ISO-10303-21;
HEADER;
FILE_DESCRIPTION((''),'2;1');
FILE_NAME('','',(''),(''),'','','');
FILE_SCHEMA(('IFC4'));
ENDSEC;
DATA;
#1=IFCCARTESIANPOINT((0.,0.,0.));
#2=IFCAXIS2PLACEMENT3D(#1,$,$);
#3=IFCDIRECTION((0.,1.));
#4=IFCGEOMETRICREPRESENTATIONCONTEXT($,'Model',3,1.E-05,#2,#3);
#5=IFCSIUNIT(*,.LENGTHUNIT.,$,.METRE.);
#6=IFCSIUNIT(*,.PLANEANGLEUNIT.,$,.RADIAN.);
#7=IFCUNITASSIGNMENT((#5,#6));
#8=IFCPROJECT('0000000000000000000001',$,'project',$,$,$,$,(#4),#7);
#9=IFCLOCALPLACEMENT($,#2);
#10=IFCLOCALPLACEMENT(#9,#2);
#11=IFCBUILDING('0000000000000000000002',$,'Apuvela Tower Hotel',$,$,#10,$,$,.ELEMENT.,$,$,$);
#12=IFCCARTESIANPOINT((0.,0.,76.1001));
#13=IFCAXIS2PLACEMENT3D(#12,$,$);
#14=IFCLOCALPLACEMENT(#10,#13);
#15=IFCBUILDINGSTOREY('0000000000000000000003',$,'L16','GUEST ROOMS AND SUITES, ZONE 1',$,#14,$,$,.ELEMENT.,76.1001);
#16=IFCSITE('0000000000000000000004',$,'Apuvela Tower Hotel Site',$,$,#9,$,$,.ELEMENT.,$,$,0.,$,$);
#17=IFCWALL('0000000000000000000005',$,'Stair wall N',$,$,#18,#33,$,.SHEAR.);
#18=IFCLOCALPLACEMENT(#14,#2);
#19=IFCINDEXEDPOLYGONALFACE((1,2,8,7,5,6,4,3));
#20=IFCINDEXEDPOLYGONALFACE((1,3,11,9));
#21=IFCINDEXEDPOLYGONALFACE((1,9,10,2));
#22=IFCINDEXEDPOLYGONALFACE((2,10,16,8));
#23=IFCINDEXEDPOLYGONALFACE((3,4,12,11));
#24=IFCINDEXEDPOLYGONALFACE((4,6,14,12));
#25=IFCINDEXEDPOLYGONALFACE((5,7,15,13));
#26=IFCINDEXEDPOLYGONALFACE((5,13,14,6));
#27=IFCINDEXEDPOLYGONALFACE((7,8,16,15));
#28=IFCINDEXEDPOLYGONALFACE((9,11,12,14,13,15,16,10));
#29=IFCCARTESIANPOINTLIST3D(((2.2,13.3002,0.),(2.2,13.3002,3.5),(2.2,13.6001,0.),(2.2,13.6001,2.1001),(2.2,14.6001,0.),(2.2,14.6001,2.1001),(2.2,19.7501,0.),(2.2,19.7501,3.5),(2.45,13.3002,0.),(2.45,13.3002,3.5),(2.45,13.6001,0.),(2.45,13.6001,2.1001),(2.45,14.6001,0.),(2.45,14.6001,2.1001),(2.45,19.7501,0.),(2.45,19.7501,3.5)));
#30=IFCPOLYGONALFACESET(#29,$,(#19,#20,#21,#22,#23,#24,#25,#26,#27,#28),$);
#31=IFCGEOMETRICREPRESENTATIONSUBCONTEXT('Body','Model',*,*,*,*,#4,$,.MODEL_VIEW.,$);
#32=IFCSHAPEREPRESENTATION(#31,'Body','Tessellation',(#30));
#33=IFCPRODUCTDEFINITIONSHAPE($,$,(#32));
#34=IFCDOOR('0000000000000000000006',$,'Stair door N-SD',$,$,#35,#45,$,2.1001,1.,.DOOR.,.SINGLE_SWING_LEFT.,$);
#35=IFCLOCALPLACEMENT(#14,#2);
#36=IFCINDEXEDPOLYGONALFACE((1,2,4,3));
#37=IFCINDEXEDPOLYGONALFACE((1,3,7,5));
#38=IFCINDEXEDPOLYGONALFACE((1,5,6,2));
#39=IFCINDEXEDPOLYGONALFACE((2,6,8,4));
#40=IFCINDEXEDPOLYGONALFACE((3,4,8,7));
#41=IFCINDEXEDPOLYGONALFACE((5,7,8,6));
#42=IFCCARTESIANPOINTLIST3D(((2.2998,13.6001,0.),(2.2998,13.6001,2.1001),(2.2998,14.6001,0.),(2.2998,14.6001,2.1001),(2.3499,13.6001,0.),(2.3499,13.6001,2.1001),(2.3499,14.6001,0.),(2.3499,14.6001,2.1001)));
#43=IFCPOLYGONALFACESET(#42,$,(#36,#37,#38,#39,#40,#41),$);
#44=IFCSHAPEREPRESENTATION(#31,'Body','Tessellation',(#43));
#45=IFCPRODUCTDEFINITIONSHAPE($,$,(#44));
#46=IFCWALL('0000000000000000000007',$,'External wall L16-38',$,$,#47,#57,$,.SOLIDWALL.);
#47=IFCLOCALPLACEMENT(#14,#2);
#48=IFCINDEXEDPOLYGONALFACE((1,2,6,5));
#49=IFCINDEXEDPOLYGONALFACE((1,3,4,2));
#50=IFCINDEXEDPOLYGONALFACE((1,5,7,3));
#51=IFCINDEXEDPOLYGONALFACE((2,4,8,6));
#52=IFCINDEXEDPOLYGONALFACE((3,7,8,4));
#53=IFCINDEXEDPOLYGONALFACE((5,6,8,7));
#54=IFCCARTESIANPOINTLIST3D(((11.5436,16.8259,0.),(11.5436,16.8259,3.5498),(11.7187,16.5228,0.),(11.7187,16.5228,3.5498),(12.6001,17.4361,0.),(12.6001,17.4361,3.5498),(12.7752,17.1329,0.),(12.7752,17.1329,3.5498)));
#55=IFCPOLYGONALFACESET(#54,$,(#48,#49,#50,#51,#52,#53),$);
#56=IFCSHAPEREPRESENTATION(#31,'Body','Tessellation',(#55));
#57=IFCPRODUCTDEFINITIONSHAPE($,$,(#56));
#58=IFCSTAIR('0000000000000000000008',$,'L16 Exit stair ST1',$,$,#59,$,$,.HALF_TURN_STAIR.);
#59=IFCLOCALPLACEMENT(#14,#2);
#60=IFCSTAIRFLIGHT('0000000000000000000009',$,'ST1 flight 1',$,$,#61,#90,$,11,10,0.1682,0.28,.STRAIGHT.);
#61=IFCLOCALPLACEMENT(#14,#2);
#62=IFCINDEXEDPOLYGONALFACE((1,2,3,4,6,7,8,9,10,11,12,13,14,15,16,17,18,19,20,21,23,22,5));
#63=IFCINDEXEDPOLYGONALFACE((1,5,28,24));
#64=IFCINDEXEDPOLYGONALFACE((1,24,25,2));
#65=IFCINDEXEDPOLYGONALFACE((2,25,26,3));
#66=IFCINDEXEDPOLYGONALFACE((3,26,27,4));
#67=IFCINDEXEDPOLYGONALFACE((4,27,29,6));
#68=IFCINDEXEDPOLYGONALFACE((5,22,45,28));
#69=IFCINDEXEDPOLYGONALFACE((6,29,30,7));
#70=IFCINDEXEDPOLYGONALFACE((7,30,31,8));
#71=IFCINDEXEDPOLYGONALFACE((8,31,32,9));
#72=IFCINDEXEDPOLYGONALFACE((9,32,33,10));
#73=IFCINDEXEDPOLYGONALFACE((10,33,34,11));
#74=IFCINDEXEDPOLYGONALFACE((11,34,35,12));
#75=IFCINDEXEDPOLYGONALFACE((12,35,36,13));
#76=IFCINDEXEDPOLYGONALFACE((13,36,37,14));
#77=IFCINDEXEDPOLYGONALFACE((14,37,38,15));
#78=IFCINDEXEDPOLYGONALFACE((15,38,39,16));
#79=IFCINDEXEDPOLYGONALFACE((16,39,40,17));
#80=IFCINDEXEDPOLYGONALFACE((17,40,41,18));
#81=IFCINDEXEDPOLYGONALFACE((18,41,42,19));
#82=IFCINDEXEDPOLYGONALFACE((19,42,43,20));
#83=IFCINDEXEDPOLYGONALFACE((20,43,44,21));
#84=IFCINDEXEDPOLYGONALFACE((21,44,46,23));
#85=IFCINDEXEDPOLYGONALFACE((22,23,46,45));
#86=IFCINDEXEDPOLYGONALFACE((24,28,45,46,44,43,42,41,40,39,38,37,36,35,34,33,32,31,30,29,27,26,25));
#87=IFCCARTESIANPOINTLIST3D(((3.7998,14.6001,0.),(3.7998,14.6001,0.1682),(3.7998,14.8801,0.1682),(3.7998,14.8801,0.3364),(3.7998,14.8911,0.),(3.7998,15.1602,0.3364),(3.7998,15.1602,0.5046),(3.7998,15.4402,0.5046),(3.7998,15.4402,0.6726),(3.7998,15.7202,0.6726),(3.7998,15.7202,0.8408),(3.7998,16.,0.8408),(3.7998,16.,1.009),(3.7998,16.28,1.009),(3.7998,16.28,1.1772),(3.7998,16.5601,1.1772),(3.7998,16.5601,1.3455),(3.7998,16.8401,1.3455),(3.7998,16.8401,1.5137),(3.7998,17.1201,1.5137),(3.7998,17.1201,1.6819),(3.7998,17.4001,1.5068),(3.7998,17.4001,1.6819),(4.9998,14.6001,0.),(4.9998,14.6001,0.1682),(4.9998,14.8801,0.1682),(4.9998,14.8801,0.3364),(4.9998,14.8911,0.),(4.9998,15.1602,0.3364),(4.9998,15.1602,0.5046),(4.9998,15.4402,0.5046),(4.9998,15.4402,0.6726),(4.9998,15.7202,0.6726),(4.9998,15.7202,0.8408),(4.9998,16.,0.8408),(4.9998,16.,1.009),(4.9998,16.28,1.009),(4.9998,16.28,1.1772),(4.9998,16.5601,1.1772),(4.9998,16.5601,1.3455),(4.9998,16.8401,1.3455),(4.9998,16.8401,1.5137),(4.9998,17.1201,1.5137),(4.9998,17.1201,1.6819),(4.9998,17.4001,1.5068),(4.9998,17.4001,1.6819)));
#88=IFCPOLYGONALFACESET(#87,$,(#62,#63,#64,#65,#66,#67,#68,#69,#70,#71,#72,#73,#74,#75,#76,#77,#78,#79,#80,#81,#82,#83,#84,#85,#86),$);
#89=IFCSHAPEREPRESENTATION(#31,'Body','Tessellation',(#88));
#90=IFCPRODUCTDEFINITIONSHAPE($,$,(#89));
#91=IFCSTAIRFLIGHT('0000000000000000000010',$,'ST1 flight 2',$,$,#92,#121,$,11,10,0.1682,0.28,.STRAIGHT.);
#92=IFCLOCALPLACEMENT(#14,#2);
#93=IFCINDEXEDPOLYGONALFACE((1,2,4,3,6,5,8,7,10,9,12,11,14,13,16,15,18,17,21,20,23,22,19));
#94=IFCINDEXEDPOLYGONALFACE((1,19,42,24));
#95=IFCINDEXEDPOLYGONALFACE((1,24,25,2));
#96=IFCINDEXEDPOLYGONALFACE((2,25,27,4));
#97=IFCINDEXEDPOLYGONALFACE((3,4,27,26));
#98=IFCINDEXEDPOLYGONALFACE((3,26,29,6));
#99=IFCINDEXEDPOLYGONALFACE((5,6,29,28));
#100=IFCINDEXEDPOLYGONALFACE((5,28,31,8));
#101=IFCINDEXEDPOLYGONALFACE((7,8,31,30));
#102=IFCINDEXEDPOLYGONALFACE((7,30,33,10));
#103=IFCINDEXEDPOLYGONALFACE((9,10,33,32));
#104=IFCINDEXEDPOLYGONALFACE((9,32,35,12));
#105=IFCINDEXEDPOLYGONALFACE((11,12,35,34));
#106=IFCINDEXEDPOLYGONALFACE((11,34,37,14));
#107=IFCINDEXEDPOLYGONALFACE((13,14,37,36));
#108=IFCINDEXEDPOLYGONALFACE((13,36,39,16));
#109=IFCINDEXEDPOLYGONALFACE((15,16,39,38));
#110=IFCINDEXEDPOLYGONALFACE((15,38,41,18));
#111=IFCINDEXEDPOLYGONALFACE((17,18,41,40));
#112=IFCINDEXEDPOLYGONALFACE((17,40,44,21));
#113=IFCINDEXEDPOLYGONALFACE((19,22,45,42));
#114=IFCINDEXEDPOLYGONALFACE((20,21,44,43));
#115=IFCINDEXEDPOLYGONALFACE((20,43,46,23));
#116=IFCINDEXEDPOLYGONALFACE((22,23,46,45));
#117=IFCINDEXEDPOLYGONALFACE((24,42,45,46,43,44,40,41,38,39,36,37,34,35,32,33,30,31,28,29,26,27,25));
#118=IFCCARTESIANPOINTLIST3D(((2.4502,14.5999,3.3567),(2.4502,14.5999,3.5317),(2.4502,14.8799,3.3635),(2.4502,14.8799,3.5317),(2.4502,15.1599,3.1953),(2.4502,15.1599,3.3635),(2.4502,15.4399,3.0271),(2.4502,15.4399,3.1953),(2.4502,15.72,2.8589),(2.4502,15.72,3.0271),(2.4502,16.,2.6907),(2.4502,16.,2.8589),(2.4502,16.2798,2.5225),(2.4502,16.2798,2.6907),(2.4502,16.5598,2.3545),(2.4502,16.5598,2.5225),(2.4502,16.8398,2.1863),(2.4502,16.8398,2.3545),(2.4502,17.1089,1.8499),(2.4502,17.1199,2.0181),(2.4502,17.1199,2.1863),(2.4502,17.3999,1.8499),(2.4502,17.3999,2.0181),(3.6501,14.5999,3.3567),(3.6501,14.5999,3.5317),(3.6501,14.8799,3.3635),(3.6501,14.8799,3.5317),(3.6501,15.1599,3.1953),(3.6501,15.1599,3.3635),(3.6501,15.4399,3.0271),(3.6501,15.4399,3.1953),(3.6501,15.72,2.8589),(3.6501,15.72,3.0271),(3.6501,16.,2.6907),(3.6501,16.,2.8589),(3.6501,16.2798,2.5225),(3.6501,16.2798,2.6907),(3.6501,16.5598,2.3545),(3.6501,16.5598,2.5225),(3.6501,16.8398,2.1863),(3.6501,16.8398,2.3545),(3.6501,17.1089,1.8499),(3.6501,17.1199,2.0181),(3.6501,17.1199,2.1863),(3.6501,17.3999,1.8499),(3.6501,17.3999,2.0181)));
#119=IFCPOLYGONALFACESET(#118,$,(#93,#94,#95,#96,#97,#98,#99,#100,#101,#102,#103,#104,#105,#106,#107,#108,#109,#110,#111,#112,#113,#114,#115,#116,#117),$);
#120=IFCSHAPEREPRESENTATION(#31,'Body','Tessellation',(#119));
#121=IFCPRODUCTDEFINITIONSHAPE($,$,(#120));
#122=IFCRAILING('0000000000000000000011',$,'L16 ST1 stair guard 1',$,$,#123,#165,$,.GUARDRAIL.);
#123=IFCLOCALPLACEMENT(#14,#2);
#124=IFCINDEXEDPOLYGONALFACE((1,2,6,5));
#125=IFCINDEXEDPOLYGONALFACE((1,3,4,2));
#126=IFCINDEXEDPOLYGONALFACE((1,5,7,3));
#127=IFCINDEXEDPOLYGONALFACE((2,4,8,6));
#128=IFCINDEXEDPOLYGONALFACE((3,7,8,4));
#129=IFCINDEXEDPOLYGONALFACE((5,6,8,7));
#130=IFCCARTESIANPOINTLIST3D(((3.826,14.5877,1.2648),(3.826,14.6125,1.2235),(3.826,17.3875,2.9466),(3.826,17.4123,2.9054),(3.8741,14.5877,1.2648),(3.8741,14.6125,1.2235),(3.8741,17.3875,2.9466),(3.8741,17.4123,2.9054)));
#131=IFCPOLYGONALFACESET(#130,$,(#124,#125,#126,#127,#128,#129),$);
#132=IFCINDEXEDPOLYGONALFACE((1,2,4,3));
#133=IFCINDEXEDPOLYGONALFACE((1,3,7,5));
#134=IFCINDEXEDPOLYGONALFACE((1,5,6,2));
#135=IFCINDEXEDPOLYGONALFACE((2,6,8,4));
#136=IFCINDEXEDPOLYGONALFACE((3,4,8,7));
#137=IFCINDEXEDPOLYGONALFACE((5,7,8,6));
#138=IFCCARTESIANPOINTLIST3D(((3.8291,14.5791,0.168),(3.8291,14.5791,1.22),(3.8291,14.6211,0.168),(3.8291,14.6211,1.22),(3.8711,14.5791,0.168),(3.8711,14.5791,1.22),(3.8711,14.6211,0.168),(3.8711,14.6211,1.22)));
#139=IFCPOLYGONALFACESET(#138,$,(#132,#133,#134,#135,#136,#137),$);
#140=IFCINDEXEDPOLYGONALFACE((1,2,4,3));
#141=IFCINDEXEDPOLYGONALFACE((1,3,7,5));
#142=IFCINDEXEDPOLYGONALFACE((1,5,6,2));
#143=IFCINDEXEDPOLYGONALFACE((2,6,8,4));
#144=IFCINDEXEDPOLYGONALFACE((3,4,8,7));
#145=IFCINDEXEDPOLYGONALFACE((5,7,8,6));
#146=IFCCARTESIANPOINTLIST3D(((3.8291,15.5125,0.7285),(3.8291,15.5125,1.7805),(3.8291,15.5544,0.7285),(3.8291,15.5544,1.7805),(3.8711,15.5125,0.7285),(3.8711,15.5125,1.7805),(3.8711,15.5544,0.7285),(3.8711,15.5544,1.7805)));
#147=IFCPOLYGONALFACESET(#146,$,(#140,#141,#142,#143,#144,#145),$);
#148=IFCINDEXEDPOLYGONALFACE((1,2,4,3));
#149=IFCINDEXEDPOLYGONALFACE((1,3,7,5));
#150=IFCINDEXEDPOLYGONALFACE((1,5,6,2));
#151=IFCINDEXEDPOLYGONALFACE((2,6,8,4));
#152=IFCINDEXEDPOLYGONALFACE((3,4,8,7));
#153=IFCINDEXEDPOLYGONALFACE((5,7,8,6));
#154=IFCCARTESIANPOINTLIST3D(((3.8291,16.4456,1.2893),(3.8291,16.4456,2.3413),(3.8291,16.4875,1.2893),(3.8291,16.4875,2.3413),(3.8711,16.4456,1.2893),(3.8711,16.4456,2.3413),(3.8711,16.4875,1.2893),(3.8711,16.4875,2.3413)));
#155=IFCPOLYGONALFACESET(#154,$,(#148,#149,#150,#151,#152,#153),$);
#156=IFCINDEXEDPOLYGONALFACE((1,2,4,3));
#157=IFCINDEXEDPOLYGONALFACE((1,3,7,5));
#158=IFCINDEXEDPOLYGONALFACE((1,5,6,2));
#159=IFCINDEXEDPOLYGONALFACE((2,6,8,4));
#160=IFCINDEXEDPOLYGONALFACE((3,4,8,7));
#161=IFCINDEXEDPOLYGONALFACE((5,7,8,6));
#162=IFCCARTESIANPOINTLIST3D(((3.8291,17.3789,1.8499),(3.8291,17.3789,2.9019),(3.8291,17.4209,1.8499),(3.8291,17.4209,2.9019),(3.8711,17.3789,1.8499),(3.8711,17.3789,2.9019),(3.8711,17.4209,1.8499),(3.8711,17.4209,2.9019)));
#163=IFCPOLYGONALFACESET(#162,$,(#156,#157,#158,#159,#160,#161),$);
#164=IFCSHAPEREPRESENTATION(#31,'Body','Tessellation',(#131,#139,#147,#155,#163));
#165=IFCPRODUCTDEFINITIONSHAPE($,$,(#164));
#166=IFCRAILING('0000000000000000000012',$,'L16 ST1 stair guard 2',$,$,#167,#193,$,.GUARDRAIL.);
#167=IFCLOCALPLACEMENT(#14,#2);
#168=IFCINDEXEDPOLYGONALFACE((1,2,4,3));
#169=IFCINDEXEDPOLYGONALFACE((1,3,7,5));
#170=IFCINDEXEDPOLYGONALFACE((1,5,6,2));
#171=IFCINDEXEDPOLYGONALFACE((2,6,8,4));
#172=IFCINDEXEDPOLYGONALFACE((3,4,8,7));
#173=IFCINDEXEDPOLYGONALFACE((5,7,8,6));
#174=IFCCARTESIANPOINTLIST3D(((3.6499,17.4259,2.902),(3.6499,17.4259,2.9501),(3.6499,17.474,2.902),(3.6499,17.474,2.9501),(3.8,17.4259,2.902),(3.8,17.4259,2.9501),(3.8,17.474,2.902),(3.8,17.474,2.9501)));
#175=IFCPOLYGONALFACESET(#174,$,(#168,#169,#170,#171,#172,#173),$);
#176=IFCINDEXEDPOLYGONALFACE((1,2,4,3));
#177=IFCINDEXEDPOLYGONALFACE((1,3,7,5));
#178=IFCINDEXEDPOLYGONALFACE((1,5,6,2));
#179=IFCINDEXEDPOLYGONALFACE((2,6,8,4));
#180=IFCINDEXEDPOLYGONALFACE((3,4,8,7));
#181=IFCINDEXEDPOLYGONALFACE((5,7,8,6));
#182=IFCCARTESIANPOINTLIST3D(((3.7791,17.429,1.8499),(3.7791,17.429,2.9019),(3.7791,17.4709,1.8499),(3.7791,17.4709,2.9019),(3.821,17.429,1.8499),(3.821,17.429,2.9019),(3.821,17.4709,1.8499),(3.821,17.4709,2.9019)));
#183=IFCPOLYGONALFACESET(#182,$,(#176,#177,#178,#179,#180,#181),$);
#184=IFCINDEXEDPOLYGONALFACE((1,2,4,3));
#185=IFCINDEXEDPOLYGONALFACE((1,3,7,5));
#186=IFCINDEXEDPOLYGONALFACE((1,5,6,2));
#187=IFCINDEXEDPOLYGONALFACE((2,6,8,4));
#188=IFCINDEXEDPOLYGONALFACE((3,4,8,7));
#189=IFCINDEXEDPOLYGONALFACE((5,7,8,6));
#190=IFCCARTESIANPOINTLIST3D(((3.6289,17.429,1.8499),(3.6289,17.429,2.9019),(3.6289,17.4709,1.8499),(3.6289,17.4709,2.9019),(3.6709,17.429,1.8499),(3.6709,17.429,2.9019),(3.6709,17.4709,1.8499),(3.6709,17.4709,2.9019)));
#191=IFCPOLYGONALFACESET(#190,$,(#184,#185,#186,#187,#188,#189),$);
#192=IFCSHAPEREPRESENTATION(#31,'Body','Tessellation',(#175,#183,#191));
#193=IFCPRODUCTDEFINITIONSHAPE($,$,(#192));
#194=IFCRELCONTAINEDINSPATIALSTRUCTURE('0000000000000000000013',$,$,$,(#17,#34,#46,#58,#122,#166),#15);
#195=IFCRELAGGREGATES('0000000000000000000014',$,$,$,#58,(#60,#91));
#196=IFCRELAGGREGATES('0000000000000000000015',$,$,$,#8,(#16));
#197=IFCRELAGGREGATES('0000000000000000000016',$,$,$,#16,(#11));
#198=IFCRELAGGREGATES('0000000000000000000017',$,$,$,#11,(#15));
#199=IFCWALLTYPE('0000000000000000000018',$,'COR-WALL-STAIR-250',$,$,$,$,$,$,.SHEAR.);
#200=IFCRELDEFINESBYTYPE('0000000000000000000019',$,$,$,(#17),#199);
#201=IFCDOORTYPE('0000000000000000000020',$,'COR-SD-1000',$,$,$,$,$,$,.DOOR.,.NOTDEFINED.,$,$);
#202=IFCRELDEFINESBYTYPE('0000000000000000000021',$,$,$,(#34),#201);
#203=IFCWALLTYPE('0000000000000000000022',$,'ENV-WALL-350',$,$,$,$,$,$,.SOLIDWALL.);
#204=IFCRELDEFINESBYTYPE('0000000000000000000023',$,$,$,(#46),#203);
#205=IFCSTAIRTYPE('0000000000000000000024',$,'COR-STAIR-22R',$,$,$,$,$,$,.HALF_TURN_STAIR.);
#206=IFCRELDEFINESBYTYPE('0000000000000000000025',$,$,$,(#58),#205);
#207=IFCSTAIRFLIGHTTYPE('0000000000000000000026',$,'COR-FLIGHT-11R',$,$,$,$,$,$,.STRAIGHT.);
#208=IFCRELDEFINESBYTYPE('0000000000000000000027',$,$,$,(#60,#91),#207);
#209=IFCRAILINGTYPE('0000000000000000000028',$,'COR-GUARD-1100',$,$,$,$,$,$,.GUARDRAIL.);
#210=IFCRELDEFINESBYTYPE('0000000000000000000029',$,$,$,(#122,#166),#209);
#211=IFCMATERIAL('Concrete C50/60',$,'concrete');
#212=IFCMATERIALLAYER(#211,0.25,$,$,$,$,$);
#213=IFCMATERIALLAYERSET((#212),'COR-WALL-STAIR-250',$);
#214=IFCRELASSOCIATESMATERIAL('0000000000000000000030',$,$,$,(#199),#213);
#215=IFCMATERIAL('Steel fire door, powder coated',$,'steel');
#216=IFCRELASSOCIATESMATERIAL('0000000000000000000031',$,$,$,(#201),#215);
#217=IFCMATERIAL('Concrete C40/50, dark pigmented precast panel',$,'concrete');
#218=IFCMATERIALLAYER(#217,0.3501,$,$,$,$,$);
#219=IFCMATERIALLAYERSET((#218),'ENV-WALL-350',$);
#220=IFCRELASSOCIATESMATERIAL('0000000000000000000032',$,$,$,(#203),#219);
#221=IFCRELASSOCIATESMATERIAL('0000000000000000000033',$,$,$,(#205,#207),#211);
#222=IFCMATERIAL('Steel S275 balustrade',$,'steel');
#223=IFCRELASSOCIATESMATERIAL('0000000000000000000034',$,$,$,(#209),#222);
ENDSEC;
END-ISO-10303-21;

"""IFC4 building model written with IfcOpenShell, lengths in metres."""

from ifc_helpers import new_model, si_unit, direction, frame, frame_2d, origin, origin_2d, place, context, subcontext, project, spatial, polyline, rectangle, outline, extrude, material, layer, layer_set, type_object, element, fill, aggregate, save


model = new_model("IFC4")

# Units and contexts
model_context = context("Model", 3, precision=1e-05, world=origin(), true_north=direction((0.0, 1.0)))
body_context = subcontext(model_context, "Body", "Model", "MODEL_VIEW")
ifc_project = project(units=[si_unit("LENGTHUNIT", "METRE"), si_unit("PLANEANGLEUNIT", "RADIAN")], contexts=[model_context])

# Site, building, storey
site_placement = place(None, origin())
site = spatial("IfcSite", under=ifc_project, at=site_placement, Name="Apuvela Tower Hotel Site", CompositionType="ELEMENT", RefElevation=0.0)
building_placement = place(site_placement, origin())
building = spatial("IfcBuilding", under=site, at=building_placement, Name="Apuvela Tower Hotel", CompositionType="ELEMENT")
storey_placement = place(building_placement, frame((0.0, 0.0, 76.1001)))
storey = spatial("IfcBuildingStorey", under=building, at=storey_placement, Name="L16", Description="GUEST ROOMS AND SUITES, ZONE 1", CompositionType="ELEMENT", Elevation=76.1001)

# Shared definitions
ifc_material_1 = material(Name="Concrete C50/60", Category="concrete")
ifc_material_2 = material(Name="Steel fire door, powder coated", Category="steel")

# Wall, opening, door
ifc_layer_1 = layer(ifc_material_1, 0.25)
ifc_layer_set_1 = layer_set([ifc_layer_1], Name="COR-WALL-STAIR-250")
wall_type_1 = type_object("IfcWallType", Name="COR-WALL-STAIR-250", PredefinedType="SHEAR", material=ifc_layer_set_1)
wall_1_placement = place(storey_placement, frame((2.325, 13.3, 0.0), z_axis=(0.0, 0.0, 1.0), x_axis=(0.0, 1.0, 0.0)))
wall_1 = element("IfcWall", 1, at=wall_1_placement, inside=storey, type_object=wall_type_1, Name="Stair wall N", PredefinedType="SHEAR", context=body_context, shape_type="SweptSolid", body=[
    extrude(rectangle(XDim=6.45, YDim=0.25, at=frame_2d((3.2251, 0.0))), origin(), (0.0, 0.0, 1.0), 3.5),
])
opening_1_placement = place(wall_1_placement, frame((0.3, 0.0, 0.0)))
opening_1 = element("IfcOpeningElement", 2, at=opening_1_placement, cuts=wall_1, PredefinedType="OPENING", context=body_context, shape_type="SweptSolid", body=[
    extrude(rectangle(XDim=1.0, YDim=2.1001, at=frame_2d((0.5, 1.05))), frame((0.0, 0.135, 0.0), z_axis=(0.0, -1.0, 0.0), x_axis=(1.0, 0.0, 0.0)), (0.0, 0.0, 1.0), 0.27),
])
door_type_1 = type_object("IfcDoorType", Name="COR-SD-1000", OperationType="NOTDEFINED", PredefinedType="DOOR", material=ifc_material_2)
door_1_placement = place(opening_1_placement, frame((1.0, 0.0, 0.0), z_axis=(0.0, 0.0, 1.0), x_axis=(-1.0, 0.0, 0.0)))
door_1 = element("IfcDoor", 3, at=door_1_placement, inside=storey, type_object=door_type_1, Name="Stair door N-SD", OperationType="SINGLE_SWING_LEFT", OverallHeight=2.1001, OverallWidth=1.0, PredefinedType="DOOR", context=body_context, shape_type="SweptSolid", body=[
    extrude(rectangle(XDim=1.0, YDim=2.1001, at=frame_2d((0.5, 1.05))), frame((0.0, 0.0249, 0.0), z_axis=(0.0, -1.0, 0.0), x_axis=(1.0, 0.0, 0.0)), (0.0, 0.0, 1.0), 0.05),
])
fill(opening_1, door_1)

# Wall
ifc_material_3 = material(Name="Concrete C40/50, dark pigmented precast panel", Category="concrete")
ifc_layer_2 = layer(ifc_material_3, 0.3501)
ifc_layer_set_2 = layer_set([ifc_layer_2], Name="ENV-WALL-350")
wall_type_2 = type_object("IfcWallType", Name="ENV-WALL-350", PredefinedType="SOLIDWALL", material=ifc_layer_set_2)
wall_2_placement = place(storey_placement, frame((12.6875, 17.2844, 0.0), z_axis=(0.0, 0.0, 1.0), x_axis=(-0.865956, -0.500121, 0.0)))
element("IfcWall", 4, at=wall_2_placement, inside=storey, type_object=wall_type_2, Name="External wall L16-38", PredefinedType="SOLIDWALL", context=body_context, shape_type="SweptSolid", body=[
    extrude(rectangle(XDim=1.22, YDim=0.3501, at=frame_2d((0.6099, 0.0))), origin(), (0.0, 0.0, 1.0), 3.5498),
])

# Stair, stair flights
stair_type = type_object("IfcStairType", Name="COR-STAIR-22R", PredefinedType="HALF_TURN_STAIR", material=ifc_material_1)
stair_placement = place(storey_placement, origin())
stair = element("IfcStair", 5, at=stair_placement, inside=storey, type_object=stair_type, Name="L16 Exit stair ST1", PredefinedType="HALF_TURN_STAIR")
stair_flight_type = type_object("IfcStairFlightType", Name="COR-FLIGHT-11R", PredefinedType="STRAIGHT", material=ifc_material_1)
stair_flight_1_placement = place(storey_placement, frame((4.3999, 14.6001, 0.0), z_axis=(0.0, 0.0, 1.0), x_axis=(0.0, 1.0, 0.0)))
stair_flight_1 = element("IfcStairFlight", 6, at=stair_flight_1_placement, type_object=stair_flight_type, Name="ST1 flight 1", NumberOfRisers=11, NumberOfTreads=10, PredefinedType="STRAIGHT", RiserHeight=0.1682, TreadLength=0.28, context=body_context, shape_type="SweptSolid", body=[
    extrude(outline(polyline([(0.0, 0.0), (0.0, 0.1682), (0.28, 0.1682), (0.28, 0.3364), (0.5601, 0.3364), (0.5601, 0.5046), (0.8401, 0.5046), (0.8401, 0.6726), (1.1201, 0.6726), (1.1201, 0.8408), (1.3999, 0.8408), (1.3999, 1.009), (1.6799, 1.009), (1.6799, 1.1772), (1.96, 1.1772), (1.96, 1.3455), (2.24, 1.3455), (2.24, 1.5137), (2.52, 1.5137), (2.52, 1.6819), (2.8, 1.6819), (2.8, 1.8501), (2.8, 1.5068), (0.291, 0.0), (0.0, 0.0)])), frame((0.0, 0.6001, 0.0), z_axis=(0.0, -1.0, 0.0), x_axis=(1.0, 0.0, 0.0)), (0.0, 0.0, 1.0), 1.2),
])
stair_flight_2_placement = place(storey_placement, frame((3.05, 17.3999, 1.8499), z_axis=(0.0, 0.0, 1.0), x_axis=(0.0, -1.0, 0.0)))
stair_flight_2 = element("IfcStairFlight", 7, at=stair_flight_2_placement, type_object=stair_flight_type, Name="ST1 flight 2", NumberOfRisers=11, NumberOfTreads=10, PredefinedType="STRAIGHT", RiserHeight=0.1682, TreadLength=0.28, context=body_context, shape_type="SweptSolid", body=[
    extrude(outline(polyline([(0.0, 0.0), (0.0, 0.1682), (0.28, 0.1682), (0.28, 0.3364), (0.5601, 0.3364), (0.5601, 0.5046), (0.8401, 0.5046), (0.8401, 0.6726), (1.1201, 0.6726), (1.1201, 0.8408), (1.3999, 0.8408), (1.3999, 1.009), (1.6799, 1.009), (1.6799, 1.1772), (1.96, 1.1772), (1.96, 1.3455), (2.24, 1.3455), (2.24, 1.5137), (2.52, 1.5137), (2.52, 1.6819), (2.8, 1.6819), (2.8, 1.8501), (2.8, 1.5068), (0.291, 0.0), (0.0, 0.0)])), frame((0.0, 0.6001, 0.0), z_axis=(0.0, -1.0, 0.0), x_axis=(1.0, 0.0, 0.0)), (0.0, 0.0, 1.0), 1.2),
])
aggregate(stair, [stair_flight_1, stair_flight_2])

# Railings
ifc_material_4 = material(Name="Steel S275 balustrade", Category="steel")
railing_type_1 = type_object("IfcRailingType", Name="COR-GUARD-1100", PredefinedType="GUARDRAIL", material=ifc_material_4)
railing_1_placement = place(storey_placement, frame((3.8501, 14.6001, 0.168)))
element("IfcRailing", 8, at=railing_1_placement, inside=storey, type_object=railing_type_1, Name="L16 ST1 stair guard 1", PredefinedType="GUARDRAIL", context=body_context, shape_type="SweptSolid", body=[
    extrude(rectangle(XDim=0.0481, YDim=0.0481, at=origin_2d()), frame((0.0, 0.0, 1.0762), z_axis=(0.0, 0.857222, 0.514946), x_axis=(-1.0, 0.0, 0.0)), (0.0, 0.0, 1.0), 3.2661),
    extrude(rectangle(XDim=0.042, YDim=0.042, at=origin_2d()), origin(), (0.0, 0.0, 1.0), 1.052),
    extrude(rectangle(XDim=0.042, YDim=0.042, at=origin_2d()), frame((0.0, 0.9333, 0.5605)), (0.0, 0.0, 1.0), 1.052),
    extrude(rectangle(XDim=0.042, YDim=0.042, at=origin_2d()), frame((0.0, 1.8665, 1.1213)), (0.0, 0.0, 1.0), 1.052),
    extrude(rectangle(XDim=0.042, YDim=0.042, at=origin_2d()), frame((0.0, 2.7998, 1.6819)), (0.0, 0.0, 1.0), 1.052),
])
railing_2_placement = place(storey_placement, frame((3.8, 17.45, 1.8499)))
element("IfcRailing", 9, at=railing_2_placement, inside=storey, type_object=railing_type_1, Name="L16 ST1 stair guard 2", PredefinedType="GUARDRAIL", context=body_context, shape_type="SweptSolid", body=[
    extrude(rectangle(XDim=0.0481, YDim=0.0481, at=origin_2d()), frame((0.0, 0.0, 1.0762), z_axis=(-1.0, 0.0, 0.0), x_axis=(0.0, -1.0, 0.0)), (0.0, 0.0, 1.0), 0.1501),
    extrude(rectangle(XDim=0.042, YDim=0.042, at=origin_2d()), origin(), (0.0, 0.0, 1.0), 1.052),
    extrude(rectangle(XDim=0.042, YDim=0.042, at=origin_2d()), frame((-0.1501, 0.0, 0.0)), (0.0, 0.0, 1.0), 1.052),
])

save(model, "model.ifc")
